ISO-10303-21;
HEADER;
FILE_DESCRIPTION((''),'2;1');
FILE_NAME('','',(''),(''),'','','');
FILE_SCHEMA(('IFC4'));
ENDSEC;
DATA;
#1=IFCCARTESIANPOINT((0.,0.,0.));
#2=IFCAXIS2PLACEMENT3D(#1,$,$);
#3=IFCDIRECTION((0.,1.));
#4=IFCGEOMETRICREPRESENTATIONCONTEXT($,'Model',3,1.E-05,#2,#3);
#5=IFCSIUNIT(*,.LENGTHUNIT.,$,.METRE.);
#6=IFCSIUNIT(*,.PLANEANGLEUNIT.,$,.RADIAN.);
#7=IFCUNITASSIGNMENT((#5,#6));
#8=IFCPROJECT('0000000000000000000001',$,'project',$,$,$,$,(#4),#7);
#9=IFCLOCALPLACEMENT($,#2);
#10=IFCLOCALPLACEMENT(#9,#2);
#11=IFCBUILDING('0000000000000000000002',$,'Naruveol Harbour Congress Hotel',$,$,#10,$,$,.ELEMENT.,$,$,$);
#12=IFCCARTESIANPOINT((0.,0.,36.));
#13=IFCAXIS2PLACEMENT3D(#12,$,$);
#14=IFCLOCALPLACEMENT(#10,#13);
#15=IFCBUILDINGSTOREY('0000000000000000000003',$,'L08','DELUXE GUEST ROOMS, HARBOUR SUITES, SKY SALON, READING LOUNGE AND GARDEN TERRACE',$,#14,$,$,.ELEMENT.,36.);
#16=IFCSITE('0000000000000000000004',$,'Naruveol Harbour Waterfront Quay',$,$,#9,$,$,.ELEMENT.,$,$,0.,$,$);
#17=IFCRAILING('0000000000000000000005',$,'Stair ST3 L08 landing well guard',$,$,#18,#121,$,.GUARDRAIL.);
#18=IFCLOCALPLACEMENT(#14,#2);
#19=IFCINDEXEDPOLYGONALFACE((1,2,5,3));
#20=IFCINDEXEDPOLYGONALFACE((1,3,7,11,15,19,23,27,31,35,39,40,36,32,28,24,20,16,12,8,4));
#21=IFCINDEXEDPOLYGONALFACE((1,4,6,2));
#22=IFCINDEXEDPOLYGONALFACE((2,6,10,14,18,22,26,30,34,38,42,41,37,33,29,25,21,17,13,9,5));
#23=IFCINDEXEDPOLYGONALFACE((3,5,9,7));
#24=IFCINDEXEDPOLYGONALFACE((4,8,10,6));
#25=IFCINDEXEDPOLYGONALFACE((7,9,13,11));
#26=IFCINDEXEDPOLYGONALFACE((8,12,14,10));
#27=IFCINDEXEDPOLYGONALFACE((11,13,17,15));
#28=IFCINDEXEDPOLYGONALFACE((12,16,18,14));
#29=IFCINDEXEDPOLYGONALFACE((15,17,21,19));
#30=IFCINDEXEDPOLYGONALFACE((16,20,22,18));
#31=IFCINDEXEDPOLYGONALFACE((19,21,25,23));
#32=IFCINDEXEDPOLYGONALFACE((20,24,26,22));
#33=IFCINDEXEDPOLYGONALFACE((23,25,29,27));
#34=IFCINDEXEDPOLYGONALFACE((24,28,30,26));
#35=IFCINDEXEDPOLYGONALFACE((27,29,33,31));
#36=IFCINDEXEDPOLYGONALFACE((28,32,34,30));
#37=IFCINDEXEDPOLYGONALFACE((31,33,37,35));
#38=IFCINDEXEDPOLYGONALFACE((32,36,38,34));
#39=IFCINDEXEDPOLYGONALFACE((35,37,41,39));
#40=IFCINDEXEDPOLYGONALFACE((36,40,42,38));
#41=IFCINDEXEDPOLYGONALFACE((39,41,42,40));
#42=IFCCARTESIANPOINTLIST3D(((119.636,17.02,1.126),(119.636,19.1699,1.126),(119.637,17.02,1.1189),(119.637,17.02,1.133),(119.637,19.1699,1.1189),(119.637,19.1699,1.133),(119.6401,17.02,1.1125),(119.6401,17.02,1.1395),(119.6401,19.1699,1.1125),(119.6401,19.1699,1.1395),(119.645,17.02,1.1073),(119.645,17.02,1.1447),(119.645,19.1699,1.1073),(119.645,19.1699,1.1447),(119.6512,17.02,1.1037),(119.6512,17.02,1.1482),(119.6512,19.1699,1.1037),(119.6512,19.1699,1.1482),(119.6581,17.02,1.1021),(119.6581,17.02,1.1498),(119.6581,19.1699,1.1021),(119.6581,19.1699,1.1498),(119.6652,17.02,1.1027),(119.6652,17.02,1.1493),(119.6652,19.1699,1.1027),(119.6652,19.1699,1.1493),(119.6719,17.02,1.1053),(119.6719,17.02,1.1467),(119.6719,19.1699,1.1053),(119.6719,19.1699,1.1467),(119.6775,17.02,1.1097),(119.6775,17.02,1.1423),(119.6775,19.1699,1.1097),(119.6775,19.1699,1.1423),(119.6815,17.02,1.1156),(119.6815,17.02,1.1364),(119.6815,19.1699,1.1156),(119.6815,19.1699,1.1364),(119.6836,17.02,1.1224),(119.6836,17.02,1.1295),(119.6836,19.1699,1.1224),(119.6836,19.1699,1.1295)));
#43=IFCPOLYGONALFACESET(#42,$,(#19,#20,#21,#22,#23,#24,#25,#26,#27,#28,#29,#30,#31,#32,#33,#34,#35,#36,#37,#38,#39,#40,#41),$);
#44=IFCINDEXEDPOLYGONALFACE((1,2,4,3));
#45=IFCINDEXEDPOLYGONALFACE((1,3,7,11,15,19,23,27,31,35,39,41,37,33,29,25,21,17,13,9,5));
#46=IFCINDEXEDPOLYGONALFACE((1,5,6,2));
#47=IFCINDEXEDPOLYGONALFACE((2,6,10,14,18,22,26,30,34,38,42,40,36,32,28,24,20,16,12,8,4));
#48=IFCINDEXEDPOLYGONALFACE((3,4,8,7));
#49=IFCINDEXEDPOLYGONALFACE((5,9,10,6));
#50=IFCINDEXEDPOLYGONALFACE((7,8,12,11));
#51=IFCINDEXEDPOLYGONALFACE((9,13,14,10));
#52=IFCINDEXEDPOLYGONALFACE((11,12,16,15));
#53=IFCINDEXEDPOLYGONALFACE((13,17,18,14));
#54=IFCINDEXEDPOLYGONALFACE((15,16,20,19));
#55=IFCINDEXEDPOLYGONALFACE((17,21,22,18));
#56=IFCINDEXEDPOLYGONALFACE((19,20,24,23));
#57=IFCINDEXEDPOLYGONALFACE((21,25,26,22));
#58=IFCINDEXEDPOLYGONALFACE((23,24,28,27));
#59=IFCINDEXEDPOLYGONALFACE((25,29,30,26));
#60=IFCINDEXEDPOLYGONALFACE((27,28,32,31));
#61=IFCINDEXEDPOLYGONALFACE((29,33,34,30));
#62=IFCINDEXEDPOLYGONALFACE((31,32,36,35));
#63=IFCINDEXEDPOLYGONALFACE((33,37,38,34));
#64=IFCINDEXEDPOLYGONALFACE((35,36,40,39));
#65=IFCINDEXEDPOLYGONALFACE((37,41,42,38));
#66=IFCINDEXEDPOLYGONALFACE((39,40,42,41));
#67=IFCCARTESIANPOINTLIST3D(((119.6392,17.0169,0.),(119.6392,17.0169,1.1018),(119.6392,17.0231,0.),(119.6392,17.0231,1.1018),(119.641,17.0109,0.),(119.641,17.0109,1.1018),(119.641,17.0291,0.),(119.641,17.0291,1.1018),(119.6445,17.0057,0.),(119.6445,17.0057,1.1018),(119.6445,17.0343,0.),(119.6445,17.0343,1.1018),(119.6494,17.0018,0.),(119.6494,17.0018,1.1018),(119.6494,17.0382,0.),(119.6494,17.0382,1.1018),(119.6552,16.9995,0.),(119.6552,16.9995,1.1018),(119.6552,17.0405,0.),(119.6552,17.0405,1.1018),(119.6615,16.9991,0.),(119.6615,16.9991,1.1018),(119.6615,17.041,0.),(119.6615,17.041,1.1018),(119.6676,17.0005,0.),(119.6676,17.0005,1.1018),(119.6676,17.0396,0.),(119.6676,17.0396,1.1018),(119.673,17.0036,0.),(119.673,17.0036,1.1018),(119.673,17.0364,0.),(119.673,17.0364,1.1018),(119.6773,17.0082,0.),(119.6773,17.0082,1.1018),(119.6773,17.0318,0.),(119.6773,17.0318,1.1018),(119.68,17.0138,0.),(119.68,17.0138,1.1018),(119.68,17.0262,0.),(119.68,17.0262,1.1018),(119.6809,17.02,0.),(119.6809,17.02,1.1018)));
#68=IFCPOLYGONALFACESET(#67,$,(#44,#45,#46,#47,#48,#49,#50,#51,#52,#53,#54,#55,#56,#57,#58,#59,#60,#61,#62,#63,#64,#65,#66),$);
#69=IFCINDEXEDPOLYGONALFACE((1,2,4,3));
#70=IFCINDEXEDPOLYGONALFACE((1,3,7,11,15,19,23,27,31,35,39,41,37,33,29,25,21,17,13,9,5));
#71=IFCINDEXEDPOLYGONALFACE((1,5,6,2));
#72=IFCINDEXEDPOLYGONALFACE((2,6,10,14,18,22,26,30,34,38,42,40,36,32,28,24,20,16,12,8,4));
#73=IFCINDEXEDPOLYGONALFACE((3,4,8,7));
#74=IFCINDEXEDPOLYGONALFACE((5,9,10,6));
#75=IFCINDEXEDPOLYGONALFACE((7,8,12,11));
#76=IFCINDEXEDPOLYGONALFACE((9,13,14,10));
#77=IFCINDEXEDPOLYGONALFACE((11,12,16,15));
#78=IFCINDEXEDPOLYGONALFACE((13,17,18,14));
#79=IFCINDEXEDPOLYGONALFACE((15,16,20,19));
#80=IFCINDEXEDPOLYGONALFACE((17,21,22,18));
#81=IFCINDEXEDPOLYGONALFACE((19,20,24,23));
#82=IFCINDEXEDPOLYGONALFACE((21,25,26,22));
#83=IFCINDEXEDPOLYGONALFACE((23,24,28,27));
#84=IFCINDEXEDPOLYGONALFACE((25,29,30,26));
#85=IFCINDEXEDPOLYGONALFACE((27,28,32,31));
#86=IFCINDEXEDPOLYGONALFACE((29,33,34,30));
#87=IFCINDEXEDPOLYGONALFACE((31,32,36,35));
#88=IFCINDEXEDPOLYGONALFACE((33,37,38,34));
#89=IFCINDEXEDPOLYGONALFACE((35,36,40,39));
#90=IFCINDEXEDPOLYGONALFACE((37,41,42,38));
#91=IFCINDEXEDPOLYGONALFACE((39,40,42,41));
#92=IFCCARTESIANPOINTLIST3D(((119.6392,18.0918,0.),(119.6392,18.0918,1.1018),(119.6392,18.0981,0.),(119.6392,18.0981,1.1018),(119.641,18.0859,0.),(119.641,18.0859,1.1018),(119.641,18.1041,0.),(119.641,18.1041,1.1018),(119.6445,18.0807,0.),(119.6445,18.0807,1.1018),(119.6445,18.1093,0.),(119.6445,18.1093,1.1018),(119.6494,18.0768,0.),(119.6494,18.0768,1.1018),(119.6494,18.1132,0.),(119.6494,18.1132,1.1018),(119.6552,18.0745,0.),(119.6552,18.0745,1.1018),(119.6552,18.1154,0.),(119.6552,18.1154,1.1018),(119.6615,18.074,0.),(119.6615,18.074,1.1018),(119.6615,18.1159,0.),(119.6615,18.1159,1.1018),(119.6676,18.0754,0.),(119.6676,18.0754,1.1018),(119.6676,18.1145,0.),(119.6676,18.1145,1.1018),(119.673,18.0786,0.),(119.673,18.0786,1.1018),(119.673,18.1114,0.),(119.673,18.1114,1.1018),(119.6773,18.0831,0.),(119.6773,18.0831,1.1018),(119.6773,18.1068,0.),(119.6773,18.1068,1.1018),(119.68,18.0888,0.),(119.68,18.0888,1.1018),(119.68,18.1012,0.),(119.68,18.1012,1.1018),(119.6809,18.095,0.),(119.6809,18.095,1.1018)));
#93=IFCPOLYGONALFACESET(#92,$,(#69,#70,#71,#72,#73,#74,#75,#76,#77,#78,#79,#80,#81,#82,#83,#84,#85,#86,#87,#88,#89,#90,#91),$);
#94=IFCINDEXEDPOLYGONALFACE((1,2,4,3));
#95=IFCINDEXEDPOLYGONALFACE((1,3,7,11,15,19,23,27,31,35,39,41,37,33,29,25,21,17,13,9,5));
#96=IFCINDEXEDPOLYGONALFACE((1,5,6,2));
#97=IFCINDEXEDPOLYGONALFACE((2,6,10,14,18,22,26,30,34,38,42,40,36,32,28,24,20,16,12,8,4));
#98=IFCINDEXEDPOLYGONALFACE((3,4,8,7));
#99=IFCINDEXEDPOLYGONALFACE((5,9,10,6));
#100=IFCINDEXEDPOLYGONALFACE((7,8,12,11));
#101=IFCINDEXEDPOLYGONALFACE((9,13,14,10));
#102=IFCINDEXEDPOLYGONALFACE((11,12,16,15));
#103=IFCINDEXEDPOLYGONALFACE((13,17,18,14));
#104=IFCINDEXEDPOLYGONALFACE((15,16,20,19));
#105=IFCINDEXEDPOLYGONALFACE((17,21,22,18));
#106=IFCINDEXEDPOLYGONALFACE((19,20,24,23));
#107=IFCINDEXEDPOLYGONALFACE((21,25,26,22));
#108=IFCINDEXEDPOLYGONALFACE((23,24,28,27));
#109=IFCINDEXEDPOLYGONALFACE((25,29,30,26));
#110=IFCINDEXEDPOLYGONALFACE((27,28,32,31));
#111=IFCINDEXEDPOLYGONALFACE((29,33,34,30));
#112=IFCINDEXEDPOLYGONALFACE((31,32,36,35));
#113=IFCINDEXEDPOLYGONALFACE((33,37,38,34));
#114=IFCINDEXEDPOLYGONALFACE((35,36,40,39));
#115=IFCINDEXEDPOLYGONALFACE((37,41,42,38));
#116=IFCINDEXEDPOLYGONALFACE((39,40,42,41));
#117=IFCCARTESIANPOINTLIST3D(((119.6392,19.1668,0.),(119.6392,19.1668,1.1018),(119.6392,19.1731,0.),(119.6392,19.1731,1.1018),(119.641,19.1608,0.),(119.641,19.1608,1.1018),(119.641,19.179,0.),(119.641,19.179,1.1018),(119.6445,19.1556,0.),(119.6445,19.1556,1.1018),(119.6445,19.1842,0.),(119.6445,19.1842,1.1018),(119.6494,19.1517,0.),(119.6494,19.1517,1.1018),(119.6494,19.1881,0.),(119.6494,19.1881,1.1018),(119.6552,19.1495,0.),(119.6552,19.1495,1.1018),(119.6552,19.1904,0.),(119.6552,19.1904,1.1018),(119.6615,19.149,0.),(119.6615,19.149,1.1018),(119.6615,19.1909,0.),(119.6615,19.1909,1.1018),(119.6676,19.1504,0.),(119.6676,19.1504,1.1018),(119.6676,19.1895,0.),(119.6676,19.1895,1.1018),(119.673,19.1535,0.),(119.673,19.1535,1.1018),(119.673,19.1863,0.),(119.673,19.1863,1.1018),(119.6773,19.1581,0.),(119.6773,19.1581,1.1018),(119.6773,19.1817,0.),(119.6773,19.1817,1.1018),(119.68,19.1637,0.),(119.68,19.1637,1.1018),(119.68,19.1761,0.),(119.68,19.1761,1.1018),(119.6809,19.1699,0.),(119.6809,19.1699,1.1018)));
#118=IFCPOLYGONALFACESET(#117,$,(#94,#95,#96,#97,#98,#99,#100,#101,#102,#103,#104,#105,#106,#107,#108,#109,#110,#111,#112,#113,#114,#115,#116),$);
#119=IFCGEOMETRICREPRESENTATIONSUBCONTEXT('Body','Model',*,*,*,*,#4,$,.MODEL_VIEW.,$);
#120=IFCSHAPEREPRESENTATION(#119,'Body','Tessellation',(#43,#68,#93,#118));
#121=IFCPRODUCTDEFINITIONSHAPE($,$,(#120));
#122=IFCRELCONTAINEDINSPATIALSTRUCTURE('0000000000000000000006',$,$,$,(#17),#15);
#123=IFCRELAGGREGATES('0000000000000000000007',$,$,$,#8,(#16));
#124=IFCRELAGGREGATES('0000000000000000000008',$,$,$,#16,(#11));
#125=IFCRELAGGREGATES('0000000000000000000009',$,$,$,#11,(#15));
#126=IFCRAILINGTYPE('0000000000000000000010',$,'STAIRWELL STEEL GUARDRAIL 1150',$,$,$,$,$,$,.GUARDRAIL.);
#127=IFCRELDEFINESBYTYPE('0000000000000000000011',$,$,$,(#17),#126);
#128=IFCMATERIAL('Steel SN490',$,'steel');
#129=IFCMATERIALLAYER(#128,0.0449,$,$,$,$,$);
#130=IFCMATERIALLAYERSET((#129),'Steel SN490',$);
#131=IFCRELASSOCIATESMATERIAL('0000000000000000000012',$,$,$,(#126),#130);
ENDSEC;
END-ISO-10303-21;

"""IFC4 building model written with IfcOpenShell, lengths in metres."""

from ifc_helpers import new_model, si_unit, direction, frame, origin, origin_2d, place, context, subcontext, project, spatial, circle, extrude, material, layer, layer_set, type_object, element, save


model = new_model("IFC4")

# Units and contexts
model_context = context("Model", 3, precision=1e-05, world=origin(), true_north=direction((0.0, 1.0)))
body_context = subcontext(model_context, "Body", "Model", "MODEL_VIEW")
ifc_project = project(units=[si_unit("LENGTHUNIT", "METRE"), si_unit("PLANEANGLEUNIT", "RADIAN")], contexts=[model_context])

# Site, building, storey
site_placement = place(None, origin())
site = spatial("IfcSite", under=ifc_project, at=site_placement, Name="Naruveol Harbour Waterfront Quay", CompositionType="ELEMENT", RefElevation=0.0)
building_placement = place(site_placement, origin())
building = spatial("IfcBuilding", under=site, at=building_placement, Name="Naruveol Harbour Congress Hotel", CompositionType="ELEMENT")
storey_placement = place(building_placement, frame((0.0, 0.0, 36.0)))
storey = spatial("IfcBuildingStorey", under=building, at=storey_placement, Name="L08", Description="DELUXE GUEST ROOMS, HARBOUR SUITES, SKY SALON, READING LOUNGE AND GARDEN TERRACE", CompositionType="ELEMENT", Elevation=36.0)

# Railing
ifc_material_1 = material(Name="Steel SN490", Category="steel")
ifc_layer_1 = layer(ifc_material_1, 0.0449)
ifc_layer_set_1 = layer_set([ifc_layer_1], Name="Steel SN490")
railing_type = type_object("IfcRailingType", Name="STAIRWELL STEEL GUARDRAIL 1150", PredefinedType="GUARDRAIL", material=ifc_layer_set_1)
railing_placement = place(storey_placement, frame((119.6599, 17.02, 0.0)))
element("IfcRailing", 1, at=railing_placement, inside=storey, type_object=railing_type, Name="Stair ST3 L08 landing well guard", PredefinedType="GUARDRAIL", context=body_context, shape_type="SweptSolid", body=[
    extrude(circle(Radius=0.0239, at=origin_2d()), frame((0.0, 0.0, 1.126), z_axis=(0.0, 1.0, 0.0), x_axis=(-1.0, 0.0, 0.0)), (0.0, 0.0, 1.0), 2.1499),
    extrude(circle(Radius=0.021, at=origin_2d()), origin(), (0.0, 0.0, 1.0), 1.1018),
    extrude(circle(Radius=0.021, at=origin_2d()), frame((0.0, 1.075, 0.0)), (0.0, 0.0, 1.0), 1.1018),
    extrude(circle(Radius=0.021, at=origin_2d()), frame((0.0, 2.1499, 0.0)), (0.0, 0.0, 1.0), 1.1018),
])

save(model, "model.ifc")
